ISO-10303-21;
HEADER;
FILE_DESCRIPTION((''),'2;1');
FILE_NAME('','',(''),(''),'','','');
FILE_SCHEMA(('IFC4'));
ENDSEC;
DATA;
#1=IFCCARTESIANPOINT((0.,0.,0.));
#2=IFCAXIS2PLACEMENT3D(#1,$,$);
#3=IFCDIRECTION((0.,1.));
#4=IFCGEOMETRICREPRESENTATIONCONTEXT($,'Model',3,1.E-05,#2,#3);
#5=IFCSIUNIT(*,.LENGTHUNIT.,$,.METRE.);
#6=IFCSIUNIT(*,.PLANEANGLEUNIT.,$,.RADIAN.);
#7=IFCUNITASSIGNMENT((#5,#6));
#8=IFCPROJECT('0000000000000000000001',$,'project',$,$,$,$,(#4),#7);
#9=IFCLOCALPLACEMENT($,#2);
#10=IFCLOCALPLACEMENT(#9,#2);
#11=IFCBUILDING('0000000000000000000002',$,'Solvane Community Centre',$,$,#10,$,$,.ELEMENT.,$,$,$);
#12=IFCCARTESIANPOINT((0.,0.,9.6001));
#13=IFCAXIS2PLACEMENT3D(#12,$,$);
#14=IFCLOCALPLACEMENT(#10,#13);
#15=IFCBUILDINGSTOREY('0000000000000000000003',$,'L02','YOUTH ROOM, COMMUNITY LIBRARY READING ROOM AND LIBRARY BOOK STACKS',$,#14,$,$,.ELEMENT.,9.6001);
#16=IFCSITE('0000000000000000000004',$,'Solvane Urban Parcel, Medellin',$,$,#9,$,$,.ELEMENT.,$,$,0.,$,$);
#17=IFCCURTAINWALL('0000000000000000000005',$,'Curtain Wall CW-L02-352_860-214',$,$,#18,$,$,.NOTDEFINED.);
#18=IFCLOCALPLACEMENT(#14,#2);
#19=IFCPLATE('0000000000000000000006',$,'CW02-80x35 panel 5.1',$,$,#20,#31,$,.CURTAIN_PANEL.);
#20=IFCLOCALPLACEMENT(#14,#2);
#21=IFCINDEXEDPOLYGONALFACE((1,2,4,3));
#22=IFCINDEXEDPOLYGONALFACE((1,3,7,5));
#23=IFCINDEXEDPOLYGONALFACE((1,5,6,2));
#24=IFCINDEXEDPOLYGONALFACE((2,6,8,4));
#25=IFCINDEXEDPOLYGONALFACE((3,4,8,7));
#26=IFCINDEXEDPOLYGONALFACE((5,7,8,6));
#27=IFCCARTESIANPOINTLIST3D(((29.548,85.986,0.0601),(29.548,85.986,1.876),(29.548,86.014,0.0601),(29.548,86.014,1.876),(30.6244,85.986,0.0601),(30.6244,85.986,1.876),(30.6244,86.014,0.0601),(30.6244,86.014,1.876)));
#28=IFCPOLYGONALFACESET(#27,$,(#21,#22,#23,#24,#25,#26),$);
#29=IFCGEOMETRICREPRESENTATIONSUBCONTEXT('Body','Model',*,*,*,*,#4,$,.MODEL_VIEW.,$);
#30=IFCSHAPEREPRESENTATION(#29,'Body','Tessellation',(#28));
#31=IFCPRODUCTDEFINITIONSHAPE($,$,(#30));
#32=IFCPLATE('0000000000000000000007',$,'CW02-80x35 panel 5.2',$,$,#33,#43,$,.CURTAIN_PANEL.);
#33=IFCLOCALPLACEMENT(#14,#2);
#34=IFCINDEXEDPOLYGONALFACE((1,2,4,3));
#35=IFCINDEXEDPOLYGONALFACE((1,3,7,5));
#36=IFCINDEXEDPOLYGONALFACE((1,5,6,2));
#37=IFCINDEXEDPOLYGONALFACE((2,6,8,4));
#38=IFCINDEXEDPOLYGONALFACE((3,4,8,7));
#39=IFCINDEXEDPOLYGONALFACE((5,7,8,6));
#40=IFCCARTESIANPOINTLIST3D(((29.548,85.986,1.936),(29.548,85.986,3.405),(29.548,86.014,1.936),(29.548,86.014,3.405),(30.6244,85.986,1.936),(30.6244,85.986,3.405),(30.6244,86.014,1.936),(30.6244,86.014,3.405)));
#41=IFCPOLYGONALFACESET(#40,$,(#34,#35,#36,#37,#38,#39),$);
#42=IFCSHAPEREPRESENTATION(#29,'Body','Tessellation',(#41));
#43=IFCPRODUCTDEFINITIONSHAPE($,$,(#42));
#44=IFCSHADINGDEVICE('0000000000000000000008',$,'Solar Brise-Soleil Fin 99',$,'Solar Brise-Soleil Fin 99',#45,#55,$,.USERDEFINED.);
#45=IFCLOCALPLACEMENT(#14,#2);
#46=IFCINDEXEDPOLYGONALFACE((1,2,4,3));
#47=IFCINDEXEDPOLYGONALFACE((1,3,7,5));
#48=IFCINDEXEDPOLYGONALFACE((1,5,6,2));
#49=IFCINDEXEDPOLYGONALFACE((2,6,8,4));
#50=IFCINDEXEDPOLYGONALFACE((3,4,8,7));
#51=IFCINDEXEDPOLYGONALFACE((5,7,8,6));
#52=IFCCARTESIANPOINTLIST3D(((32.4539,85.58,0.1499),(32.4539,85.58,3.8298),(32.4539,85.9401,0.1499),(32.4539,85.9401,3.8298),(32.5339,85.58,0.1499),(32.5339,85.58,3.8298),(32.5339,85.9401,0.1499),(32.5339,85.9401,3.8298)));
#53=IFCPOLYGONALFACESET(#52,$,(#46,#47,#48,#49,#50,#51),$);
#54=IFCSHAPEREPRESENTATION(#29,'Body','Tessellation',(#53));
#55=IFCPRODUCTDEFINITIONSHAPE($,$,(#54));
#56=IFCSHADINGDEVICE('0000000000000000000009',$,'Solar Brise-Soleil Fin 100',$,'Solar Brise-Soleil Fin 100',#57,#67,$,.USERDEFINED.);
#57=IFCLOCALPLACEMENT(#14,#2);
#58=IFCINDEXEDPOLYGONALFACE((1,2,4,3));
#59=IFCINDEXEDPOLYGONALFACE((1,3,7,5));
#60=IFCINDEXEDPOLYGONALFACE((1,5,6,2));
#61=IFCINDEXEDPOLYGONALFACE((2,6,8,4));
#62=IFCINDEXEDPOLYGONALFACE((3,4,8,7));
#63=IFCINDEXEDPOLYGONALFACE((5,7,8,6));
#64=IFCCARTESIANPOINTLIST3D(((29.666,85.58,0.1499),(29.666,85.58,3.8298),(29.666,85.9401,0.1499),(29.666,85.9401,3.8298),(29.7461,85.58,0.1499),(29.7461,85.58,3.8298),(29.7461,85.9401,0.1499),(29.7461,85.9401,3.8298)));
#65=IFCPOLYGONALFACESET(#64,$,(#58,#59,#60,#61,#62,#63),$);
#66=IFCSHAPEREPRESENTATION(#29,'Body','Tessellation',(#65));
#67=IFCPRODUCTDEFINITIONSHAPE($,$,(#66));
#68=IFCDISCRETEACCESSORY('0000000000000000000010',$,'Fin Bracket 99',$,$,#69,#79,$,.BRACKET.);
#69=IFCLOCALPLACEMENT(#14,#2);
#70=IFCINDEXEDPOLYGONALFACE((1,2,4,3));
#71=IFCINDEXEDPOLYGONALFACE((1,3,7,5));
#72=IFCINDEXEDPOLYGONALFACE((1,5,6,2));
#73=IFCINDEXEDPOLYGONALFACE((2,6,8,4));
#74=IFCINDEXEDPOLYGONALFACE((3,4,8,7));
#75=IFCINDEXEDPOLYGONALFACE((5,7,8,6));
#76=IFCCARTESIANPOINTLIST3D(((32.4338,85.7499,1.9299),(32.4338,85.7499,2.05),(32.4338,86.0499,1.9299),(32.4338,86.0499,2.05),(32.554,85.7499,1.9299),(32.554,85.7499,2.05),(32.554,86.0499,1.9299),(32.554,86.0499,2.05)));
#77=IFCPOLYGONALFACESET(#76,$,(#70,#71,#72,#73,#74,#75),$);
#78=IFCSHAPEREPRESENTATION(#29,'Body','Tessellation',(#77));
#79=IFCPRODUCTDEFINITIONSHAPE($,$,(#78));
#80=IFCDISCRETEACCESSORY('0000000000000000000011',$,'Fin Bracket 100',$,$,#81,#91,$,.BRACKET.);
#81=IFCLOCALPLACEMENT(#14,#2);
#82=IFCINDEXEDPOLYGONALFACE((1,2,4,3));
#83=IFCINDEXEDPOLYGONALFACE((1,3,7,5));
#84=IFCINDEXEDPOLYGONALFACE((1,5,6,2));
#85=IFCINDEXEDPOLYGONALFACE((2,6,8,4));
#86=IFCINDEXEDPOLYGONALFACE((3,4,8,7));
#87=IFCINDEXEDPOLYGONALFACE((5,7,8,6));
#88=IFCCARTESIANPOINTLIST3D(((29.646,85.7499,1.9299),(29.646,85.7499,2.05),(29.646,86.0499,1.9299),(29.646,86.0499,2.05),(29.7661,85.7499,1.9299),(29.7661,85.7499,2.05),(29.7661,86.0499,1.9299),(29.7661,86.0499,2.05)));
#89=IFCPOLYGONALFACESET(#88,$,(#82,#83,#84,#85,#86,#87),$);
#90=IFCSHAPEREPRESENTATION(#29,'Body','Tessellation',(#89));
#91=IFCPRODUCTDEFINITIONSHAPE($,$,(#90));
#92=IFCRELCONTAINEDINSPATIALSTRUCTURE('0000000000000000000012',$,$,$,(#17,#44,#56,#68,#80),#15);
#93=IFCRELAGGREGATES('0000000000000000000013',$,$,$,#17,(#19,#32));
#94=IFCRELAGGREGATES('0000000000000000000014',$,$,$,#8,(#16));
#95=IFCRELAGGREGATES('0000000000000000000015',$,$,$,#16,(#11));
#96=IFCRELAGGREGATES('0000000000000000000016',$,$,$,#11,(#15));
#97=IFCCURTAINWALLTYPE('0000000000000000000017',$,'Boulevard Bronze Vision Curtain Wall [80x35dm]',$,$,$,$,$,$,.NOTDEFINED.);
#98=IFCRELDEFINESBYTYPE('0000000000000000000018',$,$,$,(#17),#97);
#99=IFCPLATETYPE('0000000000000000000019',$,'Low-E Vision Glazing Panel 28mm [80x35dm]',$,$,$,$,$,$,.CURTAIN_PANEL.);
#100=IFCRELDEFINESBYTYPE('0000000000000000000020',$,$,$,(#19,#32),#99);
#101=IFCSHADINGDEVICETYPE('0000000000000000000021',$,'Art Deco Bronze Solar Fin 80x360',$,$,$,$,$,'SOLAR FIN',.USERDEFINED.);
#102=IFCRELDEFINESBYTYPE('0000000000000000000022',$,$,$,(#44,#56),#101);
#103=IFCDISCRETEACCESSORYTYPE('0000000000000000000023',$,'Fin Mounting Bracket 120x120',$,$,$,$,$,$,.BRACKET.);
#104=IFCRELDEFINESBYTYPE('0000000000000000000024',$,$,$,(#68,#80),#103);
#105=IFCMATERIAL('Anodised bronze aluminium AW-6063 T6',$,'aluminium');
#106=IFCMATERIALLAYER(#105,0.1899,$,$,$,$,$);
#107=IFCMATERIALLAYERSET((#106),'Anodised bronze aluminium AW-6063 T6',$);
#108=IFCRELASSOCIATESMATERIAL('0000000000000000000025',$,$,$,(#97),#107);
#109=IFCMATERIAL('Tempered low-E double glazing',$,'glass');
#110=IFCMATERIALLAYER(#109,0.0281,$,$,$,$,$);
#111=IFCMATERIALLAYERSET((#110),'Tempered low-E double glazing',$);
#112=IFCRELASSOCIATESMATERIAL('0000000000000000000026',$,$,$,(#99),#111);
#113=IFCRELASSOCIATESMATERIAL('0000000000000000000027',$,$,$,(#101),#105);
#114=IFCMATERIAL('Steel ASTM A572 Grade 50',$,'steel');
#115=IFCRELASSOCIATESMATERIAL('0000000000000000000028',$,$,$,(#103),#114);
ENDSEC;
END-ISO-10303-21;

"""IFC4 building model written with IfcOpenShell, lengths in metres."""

from ifc_helpers import new_model, si_unit, direction, frame, origin, origin_2d, place, context, subcontext, project, spatial, rectangle, extrude, material, layer, layer_set, type_object, element, aggregate, save


model = new_model("IFC4")

# Units and contexts
model_context = context("Model", 3, precision=1e-05, world=origin(), true_north=direction((0.0, 1.0)))
body_context = subcontext(model_context, "Body", "Model", "MODEL_VIEW")
ifc_project = project(units=[si_unit("LENGTHUNIT", "METRE"), si_unit("PLANEANGLEUNIT", "RADIAN")], contexts=[model_context])

# Site, building, storey
site_placement = place(None, origin())
site = spatial("IfcSite", under=ifc_project, at=site_placement, Name="Solvane Urban Parcel, Medellin", CompositionType="ELEMENT", RefElevation=0.0)
building_placement = place(site_placement, origin())
building = spatial("IfcBuilding", under=site, at=building_placement, Name="Solvane Community Centre", CompositionType="ELEMENT")
storey_placement = place(building_placement, frame((0.0, 0.0, 9.6001)))
storey = spatial("IfcBuildingStorey", under=building, at=storey_placement, Name="L02", Description="YOUTH ROOM, COMMUNITY LIBRARY READING ROOM AND LIBRARY BOOK STACKS", CompositionType="ELEMENT", Elevation=9.6001)

# Curtain wall, plates
ifc_material_1 = material(Name="Anodised bronze aluminium AW-6063 T6", Category="aluminium")
ifc_layer_1 = layer(ifc_material_1, 0.1899)
ifc_layer_set_1 = layer_set([ifc_layer_1], Name="Anodised bronze aluminium AW-6063 T6")
curtain_wall_type = type_object("IfcCurtainWallType", Name="Boulevard Bronze Vision Curtain Wall [80x35dm]", PredefinedType="NOTDEFINED", material=ifc_layer_set_1)
curtain_wall_placement = place(storey_placement, origin())
curtain_wall = element("IfcCurtainWall", 1, at=curtain_wall_placement, inside=storey, type_object=curtain_wall_type, Name="Curtain Wall CW-L02-352_860-214", PredefinedType="NOTDEFINED")
ifc_material_2 = material(Name="Tempered low-E double glazing", Category="glass")
ifc_layer_2 = layer(ifc_material_2, 0.0281)
ifc_layer_set_2 = layer_set([ifc_layer_2], Name="Tempered low-E double glazing")
plate_type = type_object("IfcPlateType", Name="Low-E Vision Glazing Panel 28mm [80x35dm]", PredefinedType="CURTAIN_PANEL", material=ifc_layer_set_2)
plate_1_placement = place(storey_placement, frame((30.0862, 86.0, 0.0601), z_axis=(0.0, 0.0, 1.0), x_axis=(-1.0, 0.0, 0.0)))
plate_1 = element("IfcPlate", 2, at=plate_1_placement, type_object=plate_type, Name="CW02-80x35 panel 5.1", PredefinedType="CURTAIN_PANEL", context=body_context, shape_type="SweptSolid", body=[
    extrude(rectangle(XDim=1.0764, YDim=0.0281, at=origin_2d()), origin(), (0.0, 0.0, 1.0), 1.8159),
])
plate_2_placement = place(storey_placement, frame((30.0862, 86.0, 1.936), z_axis=(0.0, 0.0, 1.0), x_axis=(-1.0, 0.0, 0.0)))
plate_2 = element("IfcPlate", 3, at=plate_2_placement, type_object=plate_type, Name="CW02-80x35 panel 5.2", PredefinedType="CURTAIN_PANEL", context=body_context, shape_type="SweptSolid", body=[
    extrude(rectangle(XDim=1.0764, YDim=0.0281, at=origin_2d()), origin(), (0.0, 0.0, 1.0), 1.469),
])
aggregate(curtain_wall, [plate_1, plate_2])

# Shading devices
shading_device_type = type_object("IfcShadingDeviceType", Name="Art Deco Bronze Solar Fin 80x360", ElementType="SOLAR FIN", PredefinedType="USERDEFINED", material=ifc_material_1)
shading_device_1_placement = place(storey_placement, frame((32.4939, 85.76, 0.1499), z_axis=(0.0, 0.0, 1.0), x_axis=(-1.0, 0.0, 0.0)))
element("IfcShadingDevice", 4, at=shading_device_1_placement, inside=storey, type_object=shading_device_type, Name="Solar Brise-Soleil Fin 99", ObjectType="Solar Brise-Soleil Fin 99", PredefinedType="USERDEFINED", context=body_context, shape_type="SweptSolid", body=[
    extrude(rectangle(XDim=0.0801, YDim=0.3601, at=origin_2d()), origin(), (0.0, 0.0, 1.0), 3.6799),
])
shading_device_2_placement = place(storey_placement, frame((29.7061, 85.76, 0.1499), z_axis=(0.0, 0.0, 1.0), x_axis=(-1.0, 0.0, 0.0)))
element("IfcShadingDevice", 5, at=shading_device_2_placement, inside=storey, type_object=shading_device_type, Name="Solar Brise-Soleil Fin 100", ObjectType="Solar Brise-Soleil Fin 100", PredefinedType="USERDEFINED", context=body_context, shape_type="SweptSolid", body=[
    extrude(rectangle(XDim=0.0801, YDim=0.3601, at=origin_2d()), origin(), (0.0, 0.0, 1.0), 3.6799),
])

# Discrete accessories
ifc_material_3 = material(Name="Steel ASTM A572 Grade 50", Category="steel")
discrete_accessory_type = type_object("IfcDiscreteAccessoryType", Name="Fin Mounting Bracket 120x120", PredefinedType="BRACKET", material=ifc_material_3)
for number, where, z_axis, x_axis, name in (
    (6, (32.4939, 85.8999, 1.9299), (0.0, 0.0, 1.0), (-1.0, 0.0, 0.0), "Fin Bracket 99"),
    (7, (29.7061, 85.8999, 1.9299), (0.0, 0.0, 1.0), (-1.0, 0.0, 0.0), "Fin Bracket 100"),
):
    element("IfcDiscreteAccessory", number, at=place(storey_placement, frame(where, z_axis=z_axis, x_axis=x_axis)), inside=storey, type_object=discrete_accessory_type, Name=name, PredefinedType="BRACKET", context=body_context, shape_type="SweptSolid", body=[
        extrude(rectangle(XDim=0.1201, YDim=0.3, at=origin_2d()), origin(), (0.0, 0.0, 1.0), 0.1201),
    ])

save(model, "model.ifc")
